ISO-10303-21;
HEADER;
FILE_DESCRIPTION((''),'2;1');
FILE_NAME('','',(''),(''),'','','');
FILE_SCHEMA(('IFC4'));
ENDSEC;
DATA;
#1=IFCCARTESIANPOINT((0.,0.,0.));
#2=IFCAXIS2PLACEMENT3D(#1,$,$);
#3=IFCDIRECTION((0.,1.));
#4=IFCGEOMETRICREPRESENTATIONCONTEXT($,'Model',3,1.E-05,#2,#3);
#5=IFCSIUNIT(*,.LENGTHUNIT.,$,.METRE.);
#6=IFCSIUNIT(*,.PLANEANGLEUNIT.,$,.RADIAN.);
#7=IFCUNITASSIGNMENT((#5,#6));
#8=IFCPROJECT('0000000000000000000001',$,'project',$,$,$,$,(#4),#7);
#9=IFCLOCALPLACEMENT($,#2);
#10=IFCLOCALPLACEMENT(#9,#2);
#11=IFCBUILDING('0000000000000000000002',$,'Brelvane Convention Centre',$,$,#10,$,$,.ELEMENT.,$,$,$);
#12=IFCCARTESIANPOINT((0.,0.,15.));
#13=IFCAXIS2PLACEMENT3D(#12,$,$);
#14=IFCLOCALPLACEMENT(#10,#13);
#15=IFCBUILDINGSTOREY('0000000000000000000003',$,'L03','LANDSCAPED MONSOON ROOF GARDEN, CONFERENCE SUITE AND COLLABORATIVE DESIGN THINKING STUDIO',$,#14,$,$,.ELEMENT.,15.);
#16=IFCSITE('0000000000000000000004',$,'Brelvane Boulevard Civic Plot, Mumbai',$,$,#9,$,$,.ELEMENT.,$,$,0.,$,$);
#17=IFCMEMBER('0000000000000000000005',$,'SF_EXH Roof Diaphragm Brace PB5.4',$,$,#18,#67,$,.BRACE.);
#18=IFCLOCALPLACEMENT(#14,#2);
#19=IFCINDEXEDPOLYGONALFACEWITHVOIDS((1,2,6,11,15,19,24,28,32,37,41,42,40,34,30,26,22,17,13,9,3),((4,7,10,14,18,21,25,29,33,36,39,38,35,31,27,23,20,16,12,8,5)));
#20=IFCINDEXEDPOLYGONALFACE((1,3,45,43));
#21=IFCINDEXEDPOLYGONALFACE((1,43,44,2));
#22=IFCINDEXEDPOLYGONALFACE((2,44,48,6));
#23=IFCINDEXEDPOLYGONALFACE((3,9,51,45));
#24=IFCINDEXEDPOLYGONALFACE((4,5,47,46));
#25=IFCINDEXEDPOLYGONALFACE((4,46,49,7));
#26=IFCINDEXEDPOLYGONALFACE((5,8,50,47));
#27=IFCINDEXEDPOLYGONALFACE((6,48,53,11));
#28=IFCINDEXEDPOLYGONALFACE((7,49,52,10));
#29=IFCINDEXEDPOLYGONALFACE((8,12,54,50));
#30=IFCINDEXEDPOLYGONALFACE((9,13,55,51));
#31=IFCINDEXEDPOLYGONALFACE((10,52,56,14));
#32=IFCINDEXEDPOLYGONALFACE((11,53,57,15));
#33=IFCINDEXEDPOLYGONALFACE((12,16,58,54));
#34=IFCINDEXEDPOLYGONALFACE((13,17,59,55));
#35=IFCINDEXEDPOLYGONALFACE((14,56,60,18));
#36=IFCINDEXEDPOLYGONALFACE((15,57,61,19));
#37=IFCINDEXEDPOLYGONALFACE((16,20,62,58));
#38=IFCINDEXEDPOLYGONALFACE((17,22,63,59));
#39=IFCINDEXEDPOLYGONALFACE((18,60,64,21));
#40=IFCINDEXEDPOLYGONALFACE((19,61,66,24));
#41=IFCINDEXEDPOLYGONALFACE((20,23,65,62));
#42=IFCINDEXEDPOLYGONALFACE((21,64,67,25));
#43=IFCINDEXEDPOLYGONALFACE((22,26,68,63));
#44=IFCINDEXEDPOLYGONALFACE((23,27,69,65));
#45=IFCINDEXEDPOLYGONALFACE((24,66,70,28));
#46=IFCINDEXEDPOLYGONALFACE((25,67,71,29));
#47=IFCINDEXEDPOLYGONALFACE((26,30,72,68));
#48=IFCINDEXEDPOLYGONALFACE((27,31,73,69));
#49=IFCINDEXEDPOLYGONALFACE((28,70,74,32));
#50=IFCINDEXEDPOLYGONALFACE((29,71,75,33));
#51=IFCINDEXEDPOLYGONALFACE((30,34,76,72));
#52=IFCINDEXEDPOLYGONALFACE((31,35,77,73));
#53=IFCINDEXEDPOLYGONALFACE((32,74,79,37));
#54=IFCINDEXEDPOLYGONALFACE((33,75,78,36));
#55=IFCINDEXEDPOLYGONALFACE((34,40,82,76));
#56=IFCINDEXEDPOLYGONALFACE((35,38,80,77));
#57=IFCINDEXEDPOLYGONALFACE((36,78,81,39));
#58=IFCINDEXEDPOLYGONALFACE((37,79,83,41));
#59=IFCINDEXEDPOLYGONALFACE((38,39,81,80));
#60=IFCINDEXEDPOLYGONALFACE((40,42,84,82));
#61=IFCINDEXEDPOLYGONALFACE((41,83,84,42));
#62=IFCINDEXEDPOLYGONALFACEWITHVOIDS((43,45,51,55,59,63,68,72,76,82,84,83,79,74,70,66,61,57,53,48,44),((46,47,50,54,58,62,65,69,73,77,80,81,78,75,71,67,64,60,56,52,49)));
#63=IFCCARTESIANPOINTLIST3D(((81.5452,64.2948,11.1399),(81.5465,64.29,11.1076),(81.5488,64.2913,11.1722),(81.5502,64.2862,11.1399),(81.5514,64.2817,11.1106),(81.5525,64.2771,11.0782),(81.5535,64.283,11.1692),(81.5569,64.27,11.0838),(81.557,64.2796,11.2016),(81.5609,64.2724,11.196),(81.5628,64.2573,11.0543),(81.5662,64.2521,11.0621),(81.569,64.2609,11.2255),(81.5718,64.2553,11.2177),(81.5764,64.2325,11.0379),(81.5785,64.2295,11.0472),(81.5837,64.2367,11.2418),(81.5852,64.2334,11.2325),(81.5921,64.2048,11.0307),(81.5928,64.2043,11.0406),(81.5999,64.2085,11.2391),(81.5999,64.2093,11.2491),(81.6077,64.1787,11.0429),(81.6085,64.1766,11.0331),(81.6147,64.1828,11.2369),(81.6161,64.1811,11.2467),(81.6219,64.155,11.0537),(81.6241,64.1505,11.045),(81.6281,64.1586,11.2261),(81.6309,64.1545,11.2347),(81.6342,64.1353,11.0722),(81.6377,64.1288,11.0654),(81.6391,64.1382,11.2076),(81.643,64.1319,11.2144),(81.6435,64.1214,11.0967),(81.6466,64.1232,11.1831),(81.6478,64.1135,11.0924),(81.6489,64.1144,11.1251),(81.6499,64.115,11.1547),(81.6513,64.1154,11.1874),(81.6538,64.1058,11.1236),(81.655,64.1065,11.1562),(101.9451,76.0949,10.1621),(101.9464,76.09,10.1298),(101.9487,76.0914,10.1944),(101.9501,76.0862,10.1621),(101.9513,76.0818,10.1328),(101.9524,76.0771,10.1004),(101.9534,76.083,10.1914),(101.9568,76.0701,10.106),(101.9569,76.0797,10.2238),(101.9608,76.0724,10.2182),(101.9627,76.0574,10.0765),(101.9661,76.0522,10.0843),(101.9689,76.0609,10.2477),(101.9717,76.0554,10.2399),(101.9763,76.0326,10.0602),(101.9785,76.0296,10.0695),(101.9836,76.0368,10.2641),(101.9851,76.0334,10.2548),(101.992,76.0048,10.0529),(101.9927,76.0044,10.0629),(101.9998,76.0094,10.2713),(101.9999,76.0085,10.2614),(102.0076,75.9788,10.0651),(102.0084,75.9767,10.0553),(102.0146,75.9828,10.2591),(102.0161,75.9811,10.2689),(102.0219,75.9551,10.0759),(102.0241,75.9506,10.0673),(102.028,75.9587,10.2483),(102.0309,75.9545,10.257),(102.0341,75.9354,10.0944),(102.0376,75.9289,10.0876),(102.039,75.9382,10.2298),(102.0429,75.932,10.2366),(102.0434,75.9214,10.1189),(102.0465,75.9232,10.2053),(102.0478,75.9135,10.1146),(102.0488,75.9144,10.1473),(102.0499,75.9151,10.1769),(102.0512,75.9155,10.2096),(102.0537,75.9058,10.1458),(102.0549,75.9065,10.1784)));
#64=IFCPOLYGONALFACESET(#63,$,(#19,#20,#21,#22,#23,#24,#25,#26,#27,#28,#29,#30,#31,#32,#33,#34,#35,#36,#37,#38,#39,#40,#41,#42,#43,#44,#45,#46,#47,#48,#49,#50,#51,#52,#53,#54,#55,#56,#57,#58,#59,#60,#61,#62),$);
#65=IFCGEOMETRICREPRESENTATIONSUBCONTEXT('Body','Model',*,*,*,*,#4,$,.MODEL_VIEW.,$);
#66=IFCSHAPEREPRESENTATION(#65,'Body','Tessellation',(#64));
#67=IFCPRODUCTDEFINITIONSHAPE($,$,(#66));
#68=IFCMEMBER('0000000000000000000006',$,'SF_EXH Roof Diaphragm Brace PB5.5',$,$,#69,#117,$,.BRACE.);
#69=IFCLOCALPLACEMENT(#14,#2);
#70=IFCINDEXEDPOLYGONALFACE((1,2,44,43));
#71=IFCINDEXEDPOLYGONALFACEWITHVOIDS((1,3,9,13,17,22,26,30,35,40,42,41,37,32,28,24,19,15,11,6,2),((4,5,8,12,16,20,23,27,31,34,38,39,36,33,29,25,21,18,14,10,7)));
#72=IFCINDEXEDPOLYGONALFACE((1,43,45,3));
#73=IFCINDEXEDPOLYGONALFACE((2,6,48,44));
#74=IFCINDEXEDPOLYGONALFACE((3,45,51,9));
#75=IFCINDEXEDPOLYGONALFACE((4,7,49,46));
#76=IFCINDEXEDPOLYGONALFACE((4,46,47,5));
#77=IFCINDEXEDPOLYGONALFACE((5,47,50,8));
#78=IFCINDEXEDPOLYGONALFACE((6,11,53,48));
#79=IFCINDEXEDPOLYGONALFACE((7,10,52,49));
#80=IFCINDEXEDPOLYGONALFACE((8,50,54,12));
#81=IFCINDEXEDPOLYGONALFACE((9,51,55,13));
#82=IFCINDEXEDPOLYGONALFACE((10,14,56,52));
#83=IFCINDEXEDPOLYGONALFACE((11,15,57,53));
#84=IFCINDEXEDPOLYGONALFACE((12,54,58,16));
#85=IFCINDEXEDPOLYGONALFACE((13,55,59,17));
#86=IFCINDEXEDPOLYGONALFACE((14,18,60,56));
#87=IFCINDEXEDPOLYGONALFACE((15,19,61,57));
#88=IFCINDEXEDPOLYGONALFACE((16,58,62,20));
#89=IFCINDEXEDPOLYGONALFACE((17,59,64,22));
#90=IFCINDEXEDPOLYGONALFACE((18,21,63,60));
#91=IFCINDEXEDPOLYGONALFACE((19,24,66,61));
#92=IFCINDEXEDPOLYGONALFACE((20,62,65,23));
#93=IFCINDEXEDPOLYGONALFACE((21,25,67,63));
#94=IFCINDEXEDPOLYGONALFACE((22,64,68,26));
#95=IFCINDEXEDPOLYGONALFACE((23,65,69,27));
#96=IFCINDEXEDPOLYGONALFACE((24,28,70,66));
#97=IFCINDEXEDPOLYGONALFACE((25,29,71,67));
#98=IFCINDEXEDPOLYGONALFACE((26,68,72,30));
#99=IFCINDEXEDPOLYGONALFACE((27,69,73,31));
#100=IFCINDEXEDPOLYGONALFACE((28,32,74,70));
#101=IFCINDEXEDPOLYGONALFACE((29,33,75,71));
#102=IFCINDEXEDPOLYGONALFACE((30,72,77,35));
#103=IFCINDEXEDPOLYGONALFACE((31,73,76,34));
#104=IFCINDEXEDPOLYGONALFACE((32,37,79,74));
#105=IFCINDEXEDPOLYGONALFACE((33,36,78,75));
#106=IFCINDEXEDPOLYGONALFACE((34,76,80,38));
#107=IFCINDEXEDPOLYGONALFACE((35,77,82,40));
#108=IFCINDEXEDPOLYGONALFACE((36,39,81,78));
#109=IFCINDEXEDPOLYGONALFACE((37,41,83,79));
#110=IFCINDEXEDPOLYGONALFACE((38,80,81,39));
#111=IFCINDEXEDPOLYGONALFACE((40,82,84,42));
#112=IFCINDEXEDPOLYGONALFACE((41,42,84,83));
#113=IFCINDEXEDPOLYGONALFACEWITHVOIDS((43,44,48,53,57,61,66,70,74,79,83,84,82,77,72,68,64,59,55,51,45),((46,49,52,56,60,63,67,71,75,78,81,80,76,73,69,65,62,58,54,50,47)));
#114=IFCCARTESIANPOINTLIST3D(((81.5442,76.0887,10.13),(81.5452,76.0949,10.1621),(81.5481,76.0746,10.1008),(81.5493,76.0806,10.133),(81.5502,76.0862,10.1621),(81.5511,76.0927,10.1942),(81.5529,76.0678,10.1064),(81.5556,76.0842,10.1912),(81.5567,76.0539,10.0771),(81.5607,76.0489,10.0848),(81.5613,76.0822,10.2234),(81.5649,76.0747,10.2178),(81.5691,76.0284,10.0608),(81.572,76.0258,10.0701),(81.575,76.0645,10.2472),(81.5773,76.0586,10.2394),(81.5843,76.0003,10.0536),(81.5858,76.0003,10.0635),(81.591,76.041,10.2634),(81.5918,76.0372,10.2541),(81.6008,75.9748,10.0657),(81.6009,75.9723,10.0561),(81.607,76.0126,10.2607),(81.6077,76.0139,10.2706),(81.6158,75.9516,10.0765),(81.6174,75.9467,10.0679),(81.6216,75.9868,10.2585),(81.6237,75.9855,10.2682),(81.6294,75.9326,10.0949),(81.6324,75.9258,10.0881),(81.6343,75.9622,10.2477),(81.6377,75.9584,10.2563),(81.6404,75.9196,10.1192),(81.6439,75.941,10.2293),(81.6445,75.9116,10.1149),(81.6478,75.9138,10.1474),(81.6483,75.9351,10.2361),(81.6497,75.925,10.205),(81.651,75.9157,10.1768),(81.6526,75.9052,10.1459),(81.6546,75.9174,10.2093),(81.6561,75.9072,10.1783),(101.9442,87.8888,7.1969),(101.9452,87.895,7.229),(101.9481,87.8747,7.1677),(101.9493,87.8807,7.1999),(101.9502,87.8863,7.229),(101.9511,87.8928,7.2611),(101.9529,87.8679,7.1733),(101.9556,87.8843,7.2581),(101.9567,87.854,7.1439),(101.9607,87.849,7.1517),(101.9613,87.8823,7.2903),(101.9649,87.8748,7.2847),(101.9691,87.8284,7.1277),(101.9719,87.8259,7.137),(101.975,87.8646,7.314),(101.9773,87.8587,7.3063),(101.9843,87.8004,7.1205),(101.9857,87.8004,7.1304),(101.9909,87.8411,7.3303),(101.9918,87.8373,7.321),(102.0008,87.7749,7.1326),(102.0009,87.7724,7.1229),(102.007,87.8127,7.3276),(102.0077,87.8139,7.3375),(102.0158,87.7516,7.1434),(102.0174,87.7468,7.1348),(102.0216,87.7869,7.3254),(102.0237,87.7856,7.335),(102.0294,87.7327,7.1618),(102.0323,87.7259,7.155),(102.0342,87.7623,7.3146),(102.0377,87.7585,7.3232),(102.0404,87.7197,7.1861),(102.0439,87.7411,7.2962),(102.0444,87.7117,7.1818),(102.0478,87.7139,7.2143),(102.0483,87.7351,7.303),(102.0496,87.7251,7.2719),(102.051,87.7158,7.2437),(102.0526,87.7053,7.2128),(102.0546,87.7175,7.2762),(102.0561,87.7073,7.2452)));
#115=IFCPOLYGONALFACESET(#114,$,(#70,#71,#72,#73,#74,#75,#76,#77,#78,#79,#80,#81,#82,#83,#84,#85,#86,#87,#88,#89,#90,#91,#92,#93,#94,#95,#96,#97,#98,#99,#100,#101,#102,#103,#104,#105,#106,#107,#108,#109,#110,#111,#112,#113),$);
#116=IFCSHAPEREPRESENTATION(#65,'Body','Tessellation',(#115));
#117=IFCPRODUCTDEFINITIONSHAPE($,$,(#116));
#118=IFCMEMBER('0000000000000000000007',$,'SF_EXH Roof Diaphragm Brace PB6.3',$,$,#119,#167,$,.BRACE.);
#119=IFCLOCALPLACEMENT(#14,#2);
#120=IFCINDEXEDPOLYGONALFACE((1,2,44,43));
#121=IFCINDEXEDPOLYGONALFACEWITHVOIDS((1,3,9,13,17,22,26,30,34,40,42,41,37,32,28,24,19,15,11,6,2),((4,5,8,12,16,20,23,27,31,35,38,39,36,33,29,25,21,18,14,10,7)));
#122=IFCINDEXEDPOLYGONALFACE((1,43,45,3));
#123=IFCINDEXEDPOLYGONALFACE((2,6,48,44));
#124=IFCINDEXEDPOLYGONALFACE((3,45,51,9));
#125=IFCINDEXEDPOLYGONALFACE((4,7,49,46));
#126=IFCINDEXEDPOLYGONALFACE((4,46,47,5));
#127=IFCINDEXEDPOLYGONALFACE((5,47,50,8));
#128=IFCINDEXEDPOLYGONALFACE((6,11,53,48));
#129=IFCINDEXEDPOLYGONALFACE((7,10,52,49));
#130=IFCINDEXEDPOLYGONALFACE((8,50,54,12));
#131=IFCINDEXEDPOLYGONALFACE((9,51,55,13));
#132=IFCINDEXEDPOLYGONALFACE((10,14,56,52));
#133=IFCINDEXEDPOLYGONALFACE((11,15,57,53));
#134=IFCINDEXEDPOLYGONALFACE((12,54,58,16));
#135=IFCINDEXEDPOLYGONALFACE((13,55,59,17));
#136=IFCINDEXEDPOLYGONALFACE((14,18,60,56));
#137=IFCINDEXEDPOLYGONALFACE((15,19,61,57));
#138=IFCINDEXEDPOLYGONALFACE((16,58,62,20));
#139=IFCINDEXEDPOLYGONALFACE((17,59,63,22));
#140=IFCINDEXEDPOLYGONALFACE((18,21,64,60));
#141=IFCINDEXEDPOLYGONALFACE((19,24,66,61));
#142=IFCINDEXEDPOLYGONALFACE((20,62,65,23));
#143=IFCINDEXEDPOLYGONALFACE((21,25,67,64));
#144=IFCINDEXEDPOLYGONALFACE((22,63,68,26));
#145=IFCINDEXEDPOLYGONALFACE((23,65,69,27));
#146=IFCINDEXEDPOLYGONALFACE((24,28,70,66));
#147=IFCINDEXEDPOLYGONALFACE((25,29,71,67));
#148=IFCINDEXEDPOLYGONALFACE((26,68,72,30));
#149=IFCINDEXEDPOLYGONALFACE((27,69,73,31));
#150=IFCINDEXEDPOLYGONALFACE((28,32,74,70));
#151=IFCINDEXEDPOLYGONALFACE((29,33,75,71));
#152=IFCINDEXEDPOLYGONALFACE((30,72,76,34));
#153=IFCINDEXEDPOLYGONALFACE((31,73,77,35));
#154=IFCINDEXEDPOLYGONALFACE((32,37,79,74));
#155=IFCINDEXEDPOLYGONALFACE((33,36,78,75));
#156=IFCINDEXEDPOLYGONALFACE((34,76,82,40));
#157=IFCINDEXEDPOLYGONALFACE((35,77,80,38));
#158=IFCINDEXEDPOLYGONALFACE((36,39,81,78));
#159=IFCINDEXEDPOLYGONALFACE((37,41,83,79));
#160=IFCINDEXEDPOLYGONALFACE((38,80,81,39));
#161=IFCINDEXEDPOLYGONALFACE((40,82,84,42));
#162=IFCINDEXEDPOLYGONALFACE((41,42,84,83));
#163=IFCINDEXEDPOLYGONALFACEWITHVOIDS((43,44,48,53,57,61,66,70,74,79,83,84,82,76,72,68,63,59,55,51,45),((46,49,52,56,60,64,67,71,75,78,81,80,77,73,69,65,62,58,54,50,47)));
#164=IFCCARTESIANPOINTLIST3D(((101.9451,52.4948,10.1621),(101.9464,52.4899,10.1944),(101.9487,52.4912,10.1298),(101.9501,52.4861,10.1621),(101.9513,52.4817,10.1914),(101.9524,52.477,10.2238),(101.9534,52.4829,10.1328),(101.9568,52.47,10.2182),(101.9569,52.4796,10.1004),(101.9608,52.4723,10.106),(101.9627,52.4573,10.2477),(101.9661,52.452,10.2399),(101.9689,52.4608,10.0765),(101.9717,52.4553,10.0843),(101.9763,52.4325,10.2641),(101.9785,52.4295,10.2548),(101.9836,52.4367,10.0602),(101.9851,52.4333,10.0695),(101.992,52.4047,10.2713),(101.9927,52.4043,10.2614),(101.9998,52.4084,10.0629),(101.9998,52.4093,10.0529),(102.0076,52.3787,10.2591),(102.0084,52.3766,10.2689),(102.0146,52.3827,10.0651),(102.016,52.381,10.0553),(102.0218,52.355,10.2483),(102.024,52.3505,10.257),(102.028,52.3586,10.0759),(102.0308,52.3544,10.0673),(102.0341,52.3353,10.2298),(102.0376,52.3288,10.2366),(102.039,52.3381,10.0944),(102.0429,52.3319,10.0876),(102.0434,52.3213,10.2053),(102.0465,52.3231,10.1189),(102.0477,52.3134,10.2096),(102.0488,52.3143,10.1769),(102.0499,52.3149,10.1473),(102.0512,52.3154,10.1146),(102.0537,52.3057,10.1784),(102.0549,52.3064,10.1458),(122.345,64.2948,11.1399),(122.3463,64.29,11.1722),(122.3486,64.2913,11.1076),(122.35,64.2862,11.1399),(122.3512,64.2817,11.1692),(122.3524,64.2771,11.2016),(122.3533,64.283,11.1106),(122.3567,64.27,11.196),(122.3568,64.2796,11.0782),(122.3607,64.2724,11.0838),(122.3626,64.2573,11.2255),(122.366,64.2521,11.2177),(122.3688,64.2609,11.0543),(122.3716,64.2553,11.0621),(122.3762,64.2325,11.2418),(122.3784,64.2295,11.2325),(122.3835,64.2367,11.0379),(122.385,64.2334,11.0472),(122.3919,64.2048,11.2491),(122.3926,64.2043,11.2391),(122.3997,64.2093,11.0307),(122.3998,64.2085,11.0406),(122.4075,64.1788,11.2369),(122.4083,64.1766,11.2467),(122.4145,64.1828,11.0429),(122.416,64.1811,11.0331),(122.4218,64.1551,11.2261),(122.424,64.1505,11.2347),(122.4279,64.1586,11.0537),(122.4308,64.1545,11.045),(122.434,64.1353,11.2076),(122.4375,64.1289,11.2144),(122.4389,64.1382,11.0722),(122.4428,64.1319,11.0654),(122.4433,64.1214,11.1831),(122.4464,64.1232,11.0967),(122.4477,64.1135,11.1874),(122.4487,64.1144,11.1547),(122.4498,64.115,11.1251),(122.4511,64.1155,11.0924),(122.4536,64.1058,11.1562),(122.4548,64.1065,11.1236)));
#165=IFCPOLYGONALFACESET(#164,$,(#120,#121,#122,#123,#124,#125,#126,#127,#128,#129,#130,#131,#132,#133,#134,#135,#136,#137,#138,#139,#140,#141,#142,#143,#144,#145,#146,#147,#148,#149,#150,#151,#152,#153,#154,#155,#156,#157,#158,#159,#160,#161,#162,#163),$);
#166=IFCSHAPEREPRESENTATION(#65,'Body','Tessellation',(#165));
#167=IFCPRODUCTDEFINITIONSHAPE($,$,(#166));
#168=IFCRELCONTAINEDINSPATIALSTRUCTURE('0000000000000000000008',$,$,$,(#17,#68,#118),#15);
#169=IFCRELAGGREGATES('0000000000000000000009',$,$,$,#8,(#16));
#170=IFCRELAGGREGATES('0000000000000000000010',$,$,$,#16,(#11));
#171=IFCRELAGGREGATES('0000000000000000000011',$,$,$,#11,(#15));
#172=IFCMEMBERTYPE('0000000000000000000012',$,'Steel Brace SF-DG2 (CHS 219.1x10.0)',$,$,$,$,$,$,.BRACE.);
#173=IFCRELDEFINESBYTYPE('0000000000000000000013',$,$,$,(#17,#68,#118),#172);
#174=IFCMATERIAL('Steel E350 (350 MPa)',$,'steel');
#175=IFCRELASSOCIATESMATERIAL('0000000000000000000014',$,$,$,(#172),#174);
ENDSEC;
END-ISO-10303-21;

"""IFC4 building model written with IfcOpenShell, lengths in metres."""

from ifc_helpers import new_model, si_unit, direction, frame, origin, origin_2d, place, context, subcontext, project, spatial, hollow_circle, extrude, material, material_profile, profile_set, type_object, element, save


model = new_model("IFC4")

# Units and contexts
model_context = context("Model", 3, precision=1e-05, world=origin(), true_north=direction((0.0, 1.0)))
body_context = subcontext(model_context, "Body", "Model", "MODEL_VIEW")
ifc_project = project(units=[si_unit("LENGTHUNIT", "METRE"), si_unit("PLANEANGLEUNIT", "RADIAN")], contexts=[model_context])

# Site, building, storey
site_placement = place(None, origin())
site = spatial("IfcSite", under=ifc_project, at=site_placement, Name="Brelvane Boulevard Civic Plot, Mumbai", CompositionType="ELEMENT", RefElevation=0.0)
building_placement = place(site_placement, origin())
building = spatial("IfcBuilding", under=site, at=building_placement, Name="Brelvane Convention Centre", CompositionType="ELEMENT")
storey_placement = place(building_placement, frame((0.0, 0.0, 15.0)))
storey = spatial("IfcBuildingStorey", under=building, at=storey_placement, Name="L03", Description="LANDSCAPED MONSOON ROOF GARDEN, CONFERENCE SUITE AND COLLABORATIVE DESIGN THINKING STUDIO", CompositionType="ELEMENT", Elevation=15.0)

# Members
ifc_material_1 = material(Name="Steel E350 (350 MPa)", Category="steel")
ifc_material_profile_1 = material_profile(ifc_material_1, hollow_circle(Radius=0.1096, WallThickness=0.01, at=origin_2d()), Name="CHS 219.1x10.0")
ifc_profile_set_1 = profile_set([ifc_material_profile_1], Name="Steel E350 (350 MPa)")
member_type_1 = type_object("IfcMemberType", Name="Steel Brace SF-DG2 (CHS 219.1x10.0)", PredefinedType="BRACE", material=ifc_profile_set_1)
member_1_placement = place(storey_placement, frame((81.6001, 64.2, 11.1399), z_axis=(0.864874, 0.500275, -0.041454), x_axis=(-0.500705, 0.865618, 0.0)))
element("IfcMember", 1, at=member_1_placement, inside=storey, type_object=member_type_1, Name="SF_EXH Roof Diaphragm Brace PB5.4", PredefinedType="BRACE", context=body_context, shape_type="SweptSolid", body=[
    extrude(hollow_circle(Radius=0.1096, WallThickness=0.01, at=origin_2d()), origin(), (0.0, 0.0, 1.0), 23.5872),
])
member_2_placement = place(storey_placement, frame((81.6001, 76.0, 10.1621), z_axis=(0.858991, 0.496872, -0.123506), x_axis=(-0.500705, 0.865618, 0.0)))
element("IfcMember", 2, at=member_2_placement, inside=storey, type_object=member_type_1, Name="SF_EXH Roof Diaphragm Brace PB5.5", PredefinedType="BRACE", context=body_context, shape_type="SweptSolid", body=[
    extrude(hollow_circle(Radius=0.1096, WallThickness=0.01, at=origin_2d()), origin(), (0.0, 0.0, 1.0), 23.7488),
])
for number, where, z_axis, x_axis, name in (
    (3, (102.0, 52.3999, 10.1621), (0.864874, 0.500275, 0.041454), (-0.500705, 0.865618, 0.0), "SF_EXH Roof Diaphragm Brace PB6.3"),
):
    element("IfcMember", number, at=place(storey_placement, frame(where, z_axis=z_axis, x_axis=x_axis)), inside=storey, type_object=member_type_1, Name=name, PredefinedType="BRACE", context=body_context, shape_type="SweptSolid", body=[
        extrude(hollow_circle(Radius=0.1096, WallThickness=0.01, at=origin_2d()), origin(), (0.0, 0.0, 1.0), 23.5872),
    ])

save(model, "model.ifc")
